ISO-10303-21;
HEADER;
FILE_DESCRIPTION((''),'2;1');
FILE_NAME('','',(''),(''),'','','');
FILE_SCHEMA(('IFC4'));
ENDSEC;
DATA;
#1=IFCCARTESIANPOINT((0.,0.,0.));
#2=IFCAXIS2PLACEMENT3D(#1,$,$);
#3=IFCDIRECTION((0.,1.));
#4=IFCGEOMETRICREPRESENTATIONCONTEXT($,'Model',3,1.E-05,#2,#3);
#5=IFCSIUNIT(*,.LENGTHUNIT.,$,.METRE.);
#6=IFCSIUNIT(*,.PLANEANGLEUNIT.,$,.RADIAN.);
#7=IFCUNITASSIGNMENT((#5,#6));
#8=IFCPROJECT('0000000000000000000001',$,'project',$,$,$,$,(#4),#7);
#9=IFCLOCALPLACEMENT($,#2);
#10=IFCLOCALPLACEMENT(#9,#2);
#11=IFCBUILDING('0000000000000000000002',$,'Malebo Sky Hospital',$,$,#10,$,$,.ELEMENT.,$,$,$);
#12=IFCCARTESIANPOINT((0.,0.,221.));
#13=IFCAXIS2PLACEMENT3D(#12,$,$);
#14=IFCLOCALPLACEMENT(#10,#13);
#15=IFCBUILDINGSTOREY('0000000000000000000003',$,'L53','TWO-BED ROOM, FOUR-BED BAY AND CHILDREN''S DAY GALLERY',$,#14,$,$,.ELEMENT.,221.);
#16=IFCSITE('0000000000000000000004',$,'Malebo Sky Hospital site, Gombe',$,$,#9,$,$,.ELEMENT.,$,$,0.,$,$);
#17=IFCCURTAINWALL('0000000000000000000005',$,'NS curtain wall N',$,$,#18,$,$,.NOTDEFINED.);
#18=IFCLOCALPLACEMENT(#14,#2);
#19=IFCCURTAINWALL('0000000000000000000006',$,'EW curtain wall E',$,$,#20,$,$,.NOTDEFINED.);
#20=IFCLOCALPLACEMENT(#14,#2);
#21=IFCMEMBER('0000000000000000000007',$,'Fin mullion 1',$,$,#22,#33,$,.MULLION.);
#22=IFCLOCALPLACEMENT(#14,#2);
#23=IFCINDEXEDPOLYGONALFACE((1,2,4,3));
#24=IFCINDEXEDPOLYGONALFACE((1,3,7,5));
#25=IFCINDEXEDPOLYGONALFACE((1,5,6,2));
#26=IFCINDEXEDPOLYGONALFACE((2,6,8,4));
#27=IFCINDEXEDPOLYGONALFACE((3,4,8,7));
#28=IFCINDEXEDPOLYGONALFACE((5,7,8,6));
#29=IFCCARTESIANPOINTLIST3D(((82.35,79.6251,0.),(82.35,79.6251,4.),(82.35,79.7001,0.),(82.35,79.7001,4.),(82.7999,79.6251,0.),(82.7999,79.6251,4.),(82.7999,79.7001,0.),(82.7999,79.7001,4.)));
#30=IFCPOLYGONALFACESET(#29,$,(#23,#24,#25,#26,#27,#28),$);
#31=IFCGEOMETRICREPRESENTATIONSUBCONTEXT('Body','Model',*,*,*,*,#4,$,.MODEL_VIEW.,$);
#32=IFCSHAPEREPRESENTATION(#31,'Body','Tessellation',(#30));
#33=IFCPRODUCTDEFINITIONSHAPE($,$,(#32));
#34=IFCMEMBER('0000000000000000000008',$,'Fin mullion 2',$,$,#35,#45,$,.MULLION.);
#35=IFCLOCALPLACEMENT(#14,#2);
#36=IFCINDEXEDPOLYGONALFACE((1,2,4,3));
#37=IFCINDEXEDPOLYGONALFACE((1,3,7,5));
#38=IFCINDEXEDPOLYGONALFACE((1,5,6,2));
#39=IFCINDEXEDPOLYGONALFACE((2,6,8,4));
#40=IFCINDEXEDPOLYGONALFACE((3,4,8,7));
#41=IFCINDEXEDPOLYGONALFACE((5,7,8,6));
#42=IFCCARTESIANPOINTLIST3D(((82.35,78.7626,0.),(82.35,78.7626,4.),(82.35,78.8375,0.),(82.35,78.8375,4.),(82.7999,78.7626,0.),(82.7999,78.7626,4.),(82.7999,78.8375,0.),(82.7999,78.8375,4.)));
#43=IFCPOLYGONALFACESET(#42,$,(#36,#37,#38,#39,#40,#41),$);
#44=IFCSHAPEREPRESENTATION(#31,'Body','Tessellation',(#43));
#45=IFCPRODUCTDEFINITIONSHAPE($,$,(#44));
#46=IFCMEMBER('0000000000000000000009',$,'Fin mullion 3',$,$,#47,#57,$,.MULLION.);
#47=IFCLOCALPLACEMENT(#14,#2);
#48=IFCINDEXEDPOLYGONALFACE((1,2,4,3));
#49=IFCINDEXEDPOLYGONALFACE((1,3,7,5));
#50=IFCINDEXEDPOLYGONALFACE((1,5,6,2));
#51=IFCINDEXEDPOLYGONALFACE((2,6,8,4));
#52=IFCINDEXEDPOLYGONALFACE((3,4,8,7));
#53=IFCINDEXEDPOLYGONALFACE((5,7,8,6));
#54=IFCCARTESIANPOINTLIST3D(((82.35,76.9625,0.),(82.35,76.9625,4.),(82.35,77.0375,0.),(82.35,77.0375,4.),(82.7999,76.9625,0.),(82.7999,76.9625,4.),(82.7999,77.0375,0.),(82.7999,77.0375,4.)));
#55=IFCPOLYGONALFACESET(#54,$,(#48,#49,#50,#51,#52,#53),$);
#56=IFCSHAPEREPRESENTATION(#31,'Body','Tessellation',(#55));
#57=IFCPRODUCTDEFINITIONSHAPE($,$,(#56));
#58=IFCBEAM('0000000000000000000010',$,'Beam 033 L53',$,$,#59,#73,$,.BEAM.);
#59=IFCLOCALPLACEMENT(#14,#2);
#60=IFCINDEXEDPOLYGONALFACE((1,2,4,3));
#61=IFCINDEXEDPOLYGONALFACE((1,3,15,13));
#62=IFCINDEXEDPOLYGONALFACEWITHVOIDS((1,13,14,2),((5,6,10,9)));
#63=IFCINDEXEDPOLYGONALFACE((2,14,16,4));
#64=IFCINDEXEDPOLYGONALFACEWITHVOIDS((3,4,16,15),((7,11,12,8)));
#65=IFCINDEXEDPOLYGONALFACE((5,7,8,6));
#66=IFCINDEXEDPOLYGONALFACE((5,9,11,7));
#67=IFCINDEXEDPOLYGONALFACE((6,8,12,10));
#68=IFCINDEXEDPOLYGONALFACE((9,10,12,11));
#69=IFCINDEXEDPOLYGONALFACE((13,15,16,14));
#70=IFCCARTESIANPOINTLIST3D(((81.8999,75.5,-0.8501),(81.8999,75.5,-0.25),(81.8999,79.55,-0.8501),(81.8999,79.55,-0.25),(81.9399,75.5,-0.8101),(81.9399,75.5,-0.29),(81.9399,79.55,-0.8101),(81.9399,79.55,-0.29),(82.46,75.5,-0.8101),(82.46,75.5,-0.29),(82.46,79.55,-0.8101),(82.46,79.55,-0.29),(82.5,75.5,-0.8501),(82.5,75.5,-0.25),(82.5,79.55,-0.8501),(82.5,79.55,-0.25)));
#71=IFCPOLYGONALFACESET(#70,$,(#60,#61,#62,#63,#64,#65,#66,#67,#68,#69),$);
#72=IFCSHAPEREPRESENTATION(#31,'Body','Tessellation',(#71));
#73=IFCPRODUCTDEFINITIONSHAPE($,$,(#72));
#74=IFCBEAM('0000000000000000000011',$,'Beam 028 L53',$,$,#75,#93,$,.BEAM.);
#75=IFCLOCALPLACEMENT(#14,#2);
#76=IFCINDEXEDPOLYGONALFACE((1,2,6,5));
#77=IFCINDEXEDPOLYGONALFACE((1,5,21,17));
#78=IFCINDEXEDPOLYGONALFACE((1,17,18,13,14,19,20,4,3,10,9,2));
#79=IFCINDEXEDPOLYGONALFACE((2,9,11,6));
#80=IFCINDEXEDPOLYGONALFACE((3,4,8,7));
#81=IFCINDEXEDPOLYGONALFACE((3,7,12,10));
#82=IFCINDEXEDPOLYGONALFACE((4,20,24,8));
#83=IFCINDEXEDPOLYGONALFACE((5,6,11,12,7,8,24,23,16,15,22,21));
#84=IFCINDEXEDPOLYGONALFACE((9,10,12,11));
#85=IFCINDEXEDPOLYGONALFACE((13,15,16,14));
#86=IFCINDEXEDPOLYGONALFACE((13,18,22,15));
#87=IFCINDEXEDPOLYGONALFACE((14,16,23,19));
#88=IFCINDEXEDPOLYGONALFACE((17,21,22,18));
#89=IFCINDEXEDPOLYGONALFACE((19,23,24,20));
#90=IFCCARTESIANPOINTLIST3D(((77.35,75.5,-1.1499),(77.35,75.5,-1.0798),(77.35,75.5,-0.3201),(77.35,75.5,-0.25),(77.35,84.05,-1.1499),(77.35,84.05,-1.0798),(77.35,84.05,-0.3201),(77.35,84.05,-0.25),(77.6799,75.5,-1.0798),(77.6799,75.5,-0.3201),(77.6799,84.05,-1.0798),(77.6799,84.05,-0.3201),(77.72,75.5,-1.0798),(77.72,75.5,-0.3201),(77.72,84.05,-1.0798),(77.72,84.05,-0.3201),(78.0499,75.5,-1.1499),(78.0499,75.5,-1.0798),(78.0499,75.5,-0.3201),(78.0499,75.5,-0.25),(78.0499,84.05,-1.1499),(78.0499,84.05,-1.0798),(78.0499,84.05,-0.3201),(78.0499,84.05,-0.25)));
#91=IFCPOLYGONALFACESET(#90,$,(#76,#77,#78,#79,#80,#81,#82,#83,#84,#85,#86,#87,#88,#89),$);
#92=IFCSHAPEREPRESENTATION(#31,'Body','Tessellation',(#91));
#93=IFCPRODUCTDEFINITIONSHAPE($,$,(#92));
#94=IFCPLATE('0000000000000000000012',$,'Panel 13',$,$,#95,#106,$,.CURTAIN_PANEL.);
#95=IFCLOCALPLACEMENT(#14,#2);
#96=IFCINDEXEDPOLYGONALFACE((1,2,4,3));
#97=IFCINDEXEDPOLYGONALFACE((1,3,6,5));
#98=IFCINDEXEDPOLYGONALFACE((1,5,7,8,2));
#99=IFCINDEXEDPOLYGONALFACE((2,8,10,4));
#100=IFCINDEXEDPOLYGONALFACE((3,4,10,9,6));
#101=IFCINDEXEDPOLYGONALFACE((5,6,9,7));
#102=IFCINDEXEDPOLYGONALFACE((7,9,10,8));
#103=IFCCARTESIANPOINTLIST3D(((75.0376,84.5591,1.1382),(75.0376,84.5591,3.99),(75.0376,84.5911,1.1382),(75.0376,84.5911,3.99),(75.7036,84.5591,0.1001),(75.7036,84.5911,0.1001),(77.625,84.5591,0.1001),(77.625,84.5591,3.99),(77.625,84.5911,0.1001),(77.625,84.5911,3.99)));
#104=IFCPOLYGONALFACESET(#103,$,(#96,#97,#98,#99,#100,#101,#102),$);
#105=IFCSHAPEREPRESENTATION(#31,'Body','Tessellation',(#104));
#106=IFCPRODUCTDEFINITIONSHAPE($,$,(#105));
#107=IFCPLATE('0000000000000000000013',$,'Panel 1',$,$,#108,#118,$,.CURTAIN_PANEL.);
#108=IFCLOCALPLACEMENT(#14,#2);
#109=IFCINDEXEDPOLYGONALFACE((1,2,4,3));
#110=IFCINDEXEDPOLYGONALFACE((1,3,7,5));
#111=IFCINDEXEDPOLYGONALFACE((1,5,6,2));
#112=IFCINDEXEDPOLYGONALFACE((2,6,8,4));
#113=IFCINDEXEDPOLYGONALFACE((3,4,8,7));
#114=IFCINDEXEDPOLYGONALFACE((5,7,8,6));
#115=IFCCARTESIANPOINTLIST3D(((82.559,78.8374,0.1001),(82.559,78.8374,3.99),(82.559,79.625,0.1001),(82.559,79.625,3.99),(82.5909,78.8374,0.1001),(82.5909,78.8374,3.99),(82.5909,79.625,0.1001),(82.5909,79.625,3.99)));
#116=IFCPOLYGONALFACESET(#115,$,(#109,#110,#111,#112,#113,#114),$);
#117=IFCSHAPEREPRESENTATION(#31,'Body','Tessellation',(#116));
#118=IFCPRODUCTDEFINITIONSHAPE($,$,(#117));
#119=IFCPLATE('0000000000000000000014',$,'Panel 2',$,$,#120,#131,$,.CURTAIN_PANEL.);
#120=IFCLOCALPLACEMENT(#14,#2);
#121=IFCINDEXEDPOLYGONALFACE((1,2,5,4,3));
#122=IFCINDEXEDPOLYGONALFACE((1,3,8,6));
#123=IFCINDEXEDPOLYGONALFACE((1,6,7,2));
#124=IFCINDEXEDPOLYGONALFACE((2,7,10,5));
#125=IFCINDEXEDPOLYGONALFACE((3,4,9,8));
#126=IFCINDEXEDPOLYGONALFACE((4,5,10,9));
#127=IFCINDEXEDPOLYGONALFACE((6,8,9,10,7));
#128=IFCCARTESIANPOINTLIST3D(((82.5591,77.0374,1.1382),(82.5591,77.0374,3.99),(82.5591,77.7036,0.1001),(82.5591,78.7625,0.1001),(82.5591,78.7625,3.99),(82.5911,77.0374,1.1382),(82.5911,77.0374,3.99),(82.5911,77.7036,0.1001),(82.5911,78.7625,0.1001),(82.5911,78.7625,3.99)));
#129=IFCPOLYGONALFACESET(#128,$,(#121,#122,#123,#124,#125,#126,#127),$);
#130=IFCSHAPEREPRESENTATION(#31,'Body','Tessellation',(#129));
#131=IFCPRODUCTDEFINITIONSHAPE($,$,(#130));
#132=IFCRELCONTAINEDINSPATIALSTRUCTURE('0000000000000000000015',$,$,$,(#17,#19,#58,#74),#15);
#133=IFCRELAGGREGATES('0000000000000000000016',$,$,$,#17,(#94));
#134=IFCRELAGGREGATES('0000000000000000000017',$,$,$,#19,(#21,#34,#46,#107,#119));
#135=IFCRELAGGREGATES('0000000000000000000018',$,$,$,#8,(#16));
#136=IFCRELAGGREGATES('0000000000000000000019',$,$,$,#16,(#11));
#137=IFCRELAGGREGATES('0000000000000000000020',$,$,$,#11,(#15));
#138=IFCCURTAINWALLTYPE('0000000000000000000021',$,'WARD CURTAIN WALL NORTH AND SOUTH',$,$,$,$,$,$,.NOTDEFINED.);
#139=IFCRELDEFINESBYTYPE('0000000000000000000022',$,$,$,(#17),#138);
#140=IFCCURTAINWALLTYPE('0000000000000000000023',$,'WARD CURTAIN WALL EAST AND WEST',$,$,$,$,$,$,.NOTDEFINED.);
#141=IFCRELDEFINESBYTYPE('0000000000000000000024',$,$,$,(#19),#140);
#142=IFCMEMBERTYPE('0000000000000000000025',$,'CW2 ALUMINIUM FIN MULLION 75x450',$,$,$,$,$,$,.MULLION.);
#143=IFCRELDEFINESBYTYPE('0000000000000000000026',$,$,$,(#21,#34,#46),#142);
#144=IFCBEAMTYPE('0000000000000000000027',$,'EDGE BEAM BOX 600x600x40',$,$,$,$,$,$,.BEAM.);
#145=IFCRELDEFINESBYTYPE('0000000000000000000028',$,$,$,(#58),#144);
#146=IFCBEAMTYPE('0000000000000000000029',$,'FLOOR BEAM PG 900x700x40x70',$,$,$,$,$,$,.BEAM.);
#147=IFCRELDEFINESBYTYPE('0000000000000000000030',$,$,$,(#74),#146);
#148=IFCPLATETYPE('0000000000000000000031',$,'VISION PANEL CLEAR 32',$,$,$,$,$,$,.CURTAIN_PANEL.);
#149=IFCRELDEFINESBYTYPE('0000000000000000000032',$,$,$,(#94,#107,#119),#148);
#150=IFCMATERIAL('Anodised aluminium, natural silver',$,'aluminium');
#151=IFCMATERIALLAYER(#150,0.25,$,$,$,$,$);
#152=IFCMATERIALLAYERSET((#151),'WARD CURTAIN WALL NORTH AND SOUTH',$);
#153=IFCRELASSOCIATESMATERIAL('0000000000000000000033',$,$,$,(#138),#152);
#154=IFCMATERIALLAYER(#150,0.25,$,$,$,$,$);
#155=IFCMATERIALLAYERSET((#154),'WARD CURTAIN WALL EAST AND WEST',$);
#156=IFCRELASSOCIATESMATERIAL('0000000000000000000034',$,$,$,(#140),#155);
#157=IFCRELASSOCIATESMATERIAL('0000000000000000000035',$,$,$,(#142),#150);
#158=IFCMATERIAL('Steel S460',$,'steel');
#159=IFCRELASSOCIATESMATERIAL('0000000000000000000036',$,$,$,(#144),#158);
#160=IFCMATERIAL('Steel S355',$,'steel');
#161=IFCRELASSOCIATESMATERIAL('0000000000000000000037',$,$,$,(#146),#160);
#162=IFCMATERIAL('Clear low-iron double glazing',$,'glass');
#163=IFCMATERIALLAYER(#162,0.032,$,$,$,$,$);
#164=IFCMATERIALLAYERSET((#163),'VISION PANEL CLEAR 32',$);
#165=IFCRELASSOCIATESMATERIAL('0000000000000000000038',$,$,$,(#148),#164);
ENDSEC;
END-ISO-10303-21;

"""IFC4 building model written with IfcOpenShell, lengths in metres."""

from ifc_helpers import new_model, si_unit, direction, frame, origin, origin_2d, place, context, subcontext, project, spatial, polyline, rectangle, hollow_rectangle, i_section, outline, extrude, material, layer, layer_set, material_profile, profile_set, type_object, element, aggregate, save


model = new_model("IFC4")

# Units and contexts
model_context = context("Model", 3, precision=1e-05, world=origin(), true_north=direction((0.0, 1.0)))
body_context = subcontext(model_context, "Body", "Model", "MODEL_VIEW")
ifc_project = project(units=[si_unit("LENGTHUNIT", "METRE"), si_unit("PLANEANGLEUNIT", "RADIAN")], contexts=[model_context])

# Site, building, storey
site_placement = place(None, origin())
site = spatial("IfcSite", under=ifc_project, at=site_placement, Name="Malebo Sky Hospital site, Gombe", CompositionType="ELEMENT", RefElevation=0.0)
building_placement = place(site_placement, origin())
building = spatial("IfcBuilding", under=site, at=building_placement, Name="Malebo Sky Hospital", CompositionType="ELEMENT")
storey_placement = place(building_placement, frame((0.0, 0.0, 221.0)))
storey = spatial("IfcBuildingStorey", under=building, at=storey_placement, Name="L53", Description="TWO-BED ROOM, FOUR-BED BAY AND CHILDREN'S DAY GALLERY", CompositionType="ELEMENT", Elevation=221.0)

# Shared definitions
ifc_material_1 = material(Name="Steel S460", Category="steel")

# Curtain wall
ifc_material_2 = material(Name="Anodised aluminium, natural silver", Category="aluminium")
ifc_layer_1 = layer(ifc_material_2, 0.25)
ifc_layer_set_1 = layer_set([ifc_layer_1], Name="WARD CURTAIN WALL NORTH AND SOUTH")
curtain_wall_type_1 = type_object("IfcCurtainWallType", Name="WARD CURTAIN WALL NORTH AND SOUTH", PredefinedType="NOTDEFINED", material=ifc_layer_set_1)
curtain_wall_1_placement = place(storey_placement, origin())
curtain_wall_1 = element("IfcCurtainWall", 1, at=curtain_wall_1_placement, inside=storey, type_object=curtain_wall_type_1, Name="NS curtain wall N", PredefinedType="NOTDEFINED")

# Curtain wall
ifc_layer_2 = layer(ifc_material_2, 0.25)
ifc_layer_set_2 = layer_set([ifc_layer_2], Name="WARD CURTAIN WALL EAST AND WEST")
curtain_wall_type_2 = type_object("IfcCurtainWallType", Name="WARD CURTAIN WALL EAST AND WEST", PredefinedType="NOTDEFINED", material=ifc_layer_set_2)
curtain_wall_2_placement = place(storey_placement, origin())
curtain_wall_2 = element("IfcCurtainWall", 2, at=curtain_wall_2_placement, inside=storey, type_object=curtain_wall_type_2, Name="EW curtain wall E", PredefinedType="NOTDEFINED")

# Shared definitions
ifc_material_3 = material(Name="Steel S355", Category="steel")

# Members
ifc_material_profile_1 = material_profile(ifc_material_2, rectangle(XDim=0.075, YDim=0.45, at=origin_2d()), Name="CW2 ALUMINIUM FIN MULLION 75x450")
ifc_profile_set_1 = profile_set([ifc_material_profile_1], Name="Anodised aluminium, natural silver")
member_type_1 = type_object("IfcMemberType", Name="CW2 ALUMINIUM FIN MULLION 75x450", PredefinedType="MULLION", material=ifc_profile_set_1)
member_1_placement = place(storey_placement, frame((82.575, 79.6626, 0.0), z_axis=(0.0, 0.0, 1.0), x_axis=(0.0, -1.0, 0.0)))
member_1 = element("IfcMember", 3, at=member_1_placement, type_object=member_type_1, Name="Fin mullion 1", PredefinedType="MULLION", context=body_context, shape_type="SweptSolid", body=[
    extrude(rectangle(XDim=0.075, YDim=0.45, at=origin_2d()), origin(), (0.0, 0.0, 1.0), 4.0),
])
member_2_placement = place(storey_placement, frame((82.575, 78.8, 0.0), z_axis=(0.0, 0.0, 1.0), x_axis=(0.0, -1.0, 0.0)))
member_2 = element("IfcMember", 4, at=member_2_placement, type_object=member_type_1, Name="Fin mullion 2", PredefinedType="MULLION", context=body_context, shape_type="SweptSolid", body=[
    extrude(rectangle(XDim=0.075, YDim=0.45, at=origin_2d()), origin(), (0.0, 0.0, 1.0), 4.0),
])
member_3_placement = place(storey_placement, frame((82.575, 77.0, 0.0), z_axis=(0.0, 0.0, 1.0), x_axis=(0.0, -1.0, 0.0)))
member_3 = element("IfcMember", 5, at=member_3_placement, type_object=member_type_1, Name="Fin mullion 3", PredefinedType="MULLION", context=body_context, shape_type="SweptSolid", body=[
    extrude(rectangle(XDim=0.075, YDim=0.45, at=origin_2d()), origin(), (0.0, 0.0, 1.0), 4.0),
])

# Beams
ifc_material_profile_2 = material_profile(ifc_material_1, hollow_rectangle(XDim=0.6001, YDim=0.6001, WallThickness=0.04, at=origin_2d()), Name="BOX 600x600x40")
ifc_profile_set_2 = profile_set([ifc_material_profile_2], Name="Steel S460")
beam_type_1 = type_object("IfcBeamType", Name="EDGE BEAM BOX 600x600x40", PredefinedType="BEAM", material=ifc_profile_set_2)
beam_1_placement = place(storey_placement, frame((82.2, 75.5, -0.55), z_axis=(0.0, 1.0, 0.0), x_axis=(-1.0, 0.0, 0.0)))
element("IfcBeam", 6, at=beam_1_placement, inside=storey, type_object=beam_type_1, Name="Beam 033 L53", PredefinedType="BEAM", context=body_context, shape_type="SweptSolid", body=[
    extrude(hollow_rectangle(XDim=0.6001, YDim=0.6001, WallThickness=0.04, at=origin_2d()), origin(), (0.0, 0.0, 1.0), 4.05),
])
ifc_material_profile_3 = material_profile(ifc_material_3, i_section(OverallWidth=0.7, OverallDepth=0.8999, WebThickness=0.04, FlangeThickness=0.0701, at=origin_2d()), Name="PG 900x700x40x70")
ifc_profile_set_3 = profile_set([ifc_material_profile_3], Name="Steel S355")
beam_type_2 = type_object("IfcBeamType", Name="FLOOR BEAM PG 900x700x40x70", PredefinedType="BEAM", material=ifc_profile_set_3)
beam_2_placement = place(storey_placement, frame((77.7, 75.5, -0.7), z_axis=(0.0, 1.0, 0.0), x_axis=(-1.0, 0.0, 0.0)))
element("IfcBeam", 7, at=beam_2_placement, inside=storey, type_object=beam_type_2, Name="Beam 028 L53", PredefinedType="BEAM", context=body_context, shape_type="SweptSolid", body=[
    extrude(i_section(OverallWidth=0.7, OverallDepth=0.8999, WebThickness=0.04, FlangeThickness=0.0701, at=origin_2d()), origin(), (0.0, 0.0, 1.0), 8.55),
])

# Plates
ifc_material_4 = material(Name="Clear low-iron double glazing", Category="glass")
ifc_layer_3 = layer(ifc_material_4, 0.032)
ifc_layer_set_3 = layer_set([ifc_layer_3], Name="VISION PANEL CLEAR 32")
plate_type = type_object("IfcPlateType", Name="VISION PANEL CLEAR 32", PredefinedType="CURTAIN_PANEL", material=ifc_layer_set_3)
plate_1_placement = place(storey_placement, frame((76.3313, 84.575, 0.1001), z_axis=(0.0, 0.0, 1.0), x_axis=(1.0, 0.0, 0.0)))
plate_1 = element("IfcPlate", 8, at=plate_1_placement, type_object=plate_type, Name="Panel 13", PredefinedType="CURTAIN_PANEL", context=body_context, shape_type="SweptSolid", body=[
    extrude(outline(polyline([(-0.6277, 0.0), (1.2937, 0.0), (1.2937, 3.8899), (-1.2937, 3.8899), (-1.2937, 1.0381), (-0.6277, 0.0)])), frame((0.0, 0.0161, 0.0), z_axis=(0.0, -1.0, 0.0), x_axis=(1.0, 0.0, 0.0)), (0.0, 0.0, 1.0), 0.032),
])
aggregate(curtain_wall_1, [plate_1])
plate_2_placement = place(storey_placement, frame((82.575, 79.2312, 0.1001), z_axis=(0.0, 0.0, 1.0), x_axis=(0.0, -1.0, 0.0)))
plate_2 = element("IfcPlate", 9, at=plate_2_placement, type_object=plate_type, Name="Panel 1", PredefinedType="CURTAIN_PANEL", context=body_context, shape_type="SweptSolid", body=[
    extrude(rectangle(XDim=0.7876, YDim=0.032, at=origin_2d()), origin(), (0.0, 0.0, 1.0), 3.8899),
])
plate_3_placement = place(storey_placement, frame((82.575, 77.8999, 0.1001), z_axis=(0.0, 0.0, 1.0), x_axis=(0.0, -1.0, 0.0)))
plate_3 = element("IfcPlate", 10, at=plate_3_placement, type_object=plate_type, Name="Panel 2", PredefinedType="CURTAIN_PANEL", context=body_context, shape_type="SweptSolid", body=[
    extrude(outline(polyline([(-0.8625, 0.0), (0.1963, 0.0), (0.8625, 1.0381), (0.8625, 3.8899), (-0.8625, 3.8899), (-0.8625, 0.0)])), frame((0.0, 0.0161, 0.0), z_axis=(0.0, -1.0, 0.0), x_axis=(1.0, 0.0, 0.0)), (0.0, 0.0, 1.0), 0.032),
])
aggregate(curtain_wall_2, [member_1, member_2, member_3, plate_2, plate_3])

save(model, "model.ifc")
